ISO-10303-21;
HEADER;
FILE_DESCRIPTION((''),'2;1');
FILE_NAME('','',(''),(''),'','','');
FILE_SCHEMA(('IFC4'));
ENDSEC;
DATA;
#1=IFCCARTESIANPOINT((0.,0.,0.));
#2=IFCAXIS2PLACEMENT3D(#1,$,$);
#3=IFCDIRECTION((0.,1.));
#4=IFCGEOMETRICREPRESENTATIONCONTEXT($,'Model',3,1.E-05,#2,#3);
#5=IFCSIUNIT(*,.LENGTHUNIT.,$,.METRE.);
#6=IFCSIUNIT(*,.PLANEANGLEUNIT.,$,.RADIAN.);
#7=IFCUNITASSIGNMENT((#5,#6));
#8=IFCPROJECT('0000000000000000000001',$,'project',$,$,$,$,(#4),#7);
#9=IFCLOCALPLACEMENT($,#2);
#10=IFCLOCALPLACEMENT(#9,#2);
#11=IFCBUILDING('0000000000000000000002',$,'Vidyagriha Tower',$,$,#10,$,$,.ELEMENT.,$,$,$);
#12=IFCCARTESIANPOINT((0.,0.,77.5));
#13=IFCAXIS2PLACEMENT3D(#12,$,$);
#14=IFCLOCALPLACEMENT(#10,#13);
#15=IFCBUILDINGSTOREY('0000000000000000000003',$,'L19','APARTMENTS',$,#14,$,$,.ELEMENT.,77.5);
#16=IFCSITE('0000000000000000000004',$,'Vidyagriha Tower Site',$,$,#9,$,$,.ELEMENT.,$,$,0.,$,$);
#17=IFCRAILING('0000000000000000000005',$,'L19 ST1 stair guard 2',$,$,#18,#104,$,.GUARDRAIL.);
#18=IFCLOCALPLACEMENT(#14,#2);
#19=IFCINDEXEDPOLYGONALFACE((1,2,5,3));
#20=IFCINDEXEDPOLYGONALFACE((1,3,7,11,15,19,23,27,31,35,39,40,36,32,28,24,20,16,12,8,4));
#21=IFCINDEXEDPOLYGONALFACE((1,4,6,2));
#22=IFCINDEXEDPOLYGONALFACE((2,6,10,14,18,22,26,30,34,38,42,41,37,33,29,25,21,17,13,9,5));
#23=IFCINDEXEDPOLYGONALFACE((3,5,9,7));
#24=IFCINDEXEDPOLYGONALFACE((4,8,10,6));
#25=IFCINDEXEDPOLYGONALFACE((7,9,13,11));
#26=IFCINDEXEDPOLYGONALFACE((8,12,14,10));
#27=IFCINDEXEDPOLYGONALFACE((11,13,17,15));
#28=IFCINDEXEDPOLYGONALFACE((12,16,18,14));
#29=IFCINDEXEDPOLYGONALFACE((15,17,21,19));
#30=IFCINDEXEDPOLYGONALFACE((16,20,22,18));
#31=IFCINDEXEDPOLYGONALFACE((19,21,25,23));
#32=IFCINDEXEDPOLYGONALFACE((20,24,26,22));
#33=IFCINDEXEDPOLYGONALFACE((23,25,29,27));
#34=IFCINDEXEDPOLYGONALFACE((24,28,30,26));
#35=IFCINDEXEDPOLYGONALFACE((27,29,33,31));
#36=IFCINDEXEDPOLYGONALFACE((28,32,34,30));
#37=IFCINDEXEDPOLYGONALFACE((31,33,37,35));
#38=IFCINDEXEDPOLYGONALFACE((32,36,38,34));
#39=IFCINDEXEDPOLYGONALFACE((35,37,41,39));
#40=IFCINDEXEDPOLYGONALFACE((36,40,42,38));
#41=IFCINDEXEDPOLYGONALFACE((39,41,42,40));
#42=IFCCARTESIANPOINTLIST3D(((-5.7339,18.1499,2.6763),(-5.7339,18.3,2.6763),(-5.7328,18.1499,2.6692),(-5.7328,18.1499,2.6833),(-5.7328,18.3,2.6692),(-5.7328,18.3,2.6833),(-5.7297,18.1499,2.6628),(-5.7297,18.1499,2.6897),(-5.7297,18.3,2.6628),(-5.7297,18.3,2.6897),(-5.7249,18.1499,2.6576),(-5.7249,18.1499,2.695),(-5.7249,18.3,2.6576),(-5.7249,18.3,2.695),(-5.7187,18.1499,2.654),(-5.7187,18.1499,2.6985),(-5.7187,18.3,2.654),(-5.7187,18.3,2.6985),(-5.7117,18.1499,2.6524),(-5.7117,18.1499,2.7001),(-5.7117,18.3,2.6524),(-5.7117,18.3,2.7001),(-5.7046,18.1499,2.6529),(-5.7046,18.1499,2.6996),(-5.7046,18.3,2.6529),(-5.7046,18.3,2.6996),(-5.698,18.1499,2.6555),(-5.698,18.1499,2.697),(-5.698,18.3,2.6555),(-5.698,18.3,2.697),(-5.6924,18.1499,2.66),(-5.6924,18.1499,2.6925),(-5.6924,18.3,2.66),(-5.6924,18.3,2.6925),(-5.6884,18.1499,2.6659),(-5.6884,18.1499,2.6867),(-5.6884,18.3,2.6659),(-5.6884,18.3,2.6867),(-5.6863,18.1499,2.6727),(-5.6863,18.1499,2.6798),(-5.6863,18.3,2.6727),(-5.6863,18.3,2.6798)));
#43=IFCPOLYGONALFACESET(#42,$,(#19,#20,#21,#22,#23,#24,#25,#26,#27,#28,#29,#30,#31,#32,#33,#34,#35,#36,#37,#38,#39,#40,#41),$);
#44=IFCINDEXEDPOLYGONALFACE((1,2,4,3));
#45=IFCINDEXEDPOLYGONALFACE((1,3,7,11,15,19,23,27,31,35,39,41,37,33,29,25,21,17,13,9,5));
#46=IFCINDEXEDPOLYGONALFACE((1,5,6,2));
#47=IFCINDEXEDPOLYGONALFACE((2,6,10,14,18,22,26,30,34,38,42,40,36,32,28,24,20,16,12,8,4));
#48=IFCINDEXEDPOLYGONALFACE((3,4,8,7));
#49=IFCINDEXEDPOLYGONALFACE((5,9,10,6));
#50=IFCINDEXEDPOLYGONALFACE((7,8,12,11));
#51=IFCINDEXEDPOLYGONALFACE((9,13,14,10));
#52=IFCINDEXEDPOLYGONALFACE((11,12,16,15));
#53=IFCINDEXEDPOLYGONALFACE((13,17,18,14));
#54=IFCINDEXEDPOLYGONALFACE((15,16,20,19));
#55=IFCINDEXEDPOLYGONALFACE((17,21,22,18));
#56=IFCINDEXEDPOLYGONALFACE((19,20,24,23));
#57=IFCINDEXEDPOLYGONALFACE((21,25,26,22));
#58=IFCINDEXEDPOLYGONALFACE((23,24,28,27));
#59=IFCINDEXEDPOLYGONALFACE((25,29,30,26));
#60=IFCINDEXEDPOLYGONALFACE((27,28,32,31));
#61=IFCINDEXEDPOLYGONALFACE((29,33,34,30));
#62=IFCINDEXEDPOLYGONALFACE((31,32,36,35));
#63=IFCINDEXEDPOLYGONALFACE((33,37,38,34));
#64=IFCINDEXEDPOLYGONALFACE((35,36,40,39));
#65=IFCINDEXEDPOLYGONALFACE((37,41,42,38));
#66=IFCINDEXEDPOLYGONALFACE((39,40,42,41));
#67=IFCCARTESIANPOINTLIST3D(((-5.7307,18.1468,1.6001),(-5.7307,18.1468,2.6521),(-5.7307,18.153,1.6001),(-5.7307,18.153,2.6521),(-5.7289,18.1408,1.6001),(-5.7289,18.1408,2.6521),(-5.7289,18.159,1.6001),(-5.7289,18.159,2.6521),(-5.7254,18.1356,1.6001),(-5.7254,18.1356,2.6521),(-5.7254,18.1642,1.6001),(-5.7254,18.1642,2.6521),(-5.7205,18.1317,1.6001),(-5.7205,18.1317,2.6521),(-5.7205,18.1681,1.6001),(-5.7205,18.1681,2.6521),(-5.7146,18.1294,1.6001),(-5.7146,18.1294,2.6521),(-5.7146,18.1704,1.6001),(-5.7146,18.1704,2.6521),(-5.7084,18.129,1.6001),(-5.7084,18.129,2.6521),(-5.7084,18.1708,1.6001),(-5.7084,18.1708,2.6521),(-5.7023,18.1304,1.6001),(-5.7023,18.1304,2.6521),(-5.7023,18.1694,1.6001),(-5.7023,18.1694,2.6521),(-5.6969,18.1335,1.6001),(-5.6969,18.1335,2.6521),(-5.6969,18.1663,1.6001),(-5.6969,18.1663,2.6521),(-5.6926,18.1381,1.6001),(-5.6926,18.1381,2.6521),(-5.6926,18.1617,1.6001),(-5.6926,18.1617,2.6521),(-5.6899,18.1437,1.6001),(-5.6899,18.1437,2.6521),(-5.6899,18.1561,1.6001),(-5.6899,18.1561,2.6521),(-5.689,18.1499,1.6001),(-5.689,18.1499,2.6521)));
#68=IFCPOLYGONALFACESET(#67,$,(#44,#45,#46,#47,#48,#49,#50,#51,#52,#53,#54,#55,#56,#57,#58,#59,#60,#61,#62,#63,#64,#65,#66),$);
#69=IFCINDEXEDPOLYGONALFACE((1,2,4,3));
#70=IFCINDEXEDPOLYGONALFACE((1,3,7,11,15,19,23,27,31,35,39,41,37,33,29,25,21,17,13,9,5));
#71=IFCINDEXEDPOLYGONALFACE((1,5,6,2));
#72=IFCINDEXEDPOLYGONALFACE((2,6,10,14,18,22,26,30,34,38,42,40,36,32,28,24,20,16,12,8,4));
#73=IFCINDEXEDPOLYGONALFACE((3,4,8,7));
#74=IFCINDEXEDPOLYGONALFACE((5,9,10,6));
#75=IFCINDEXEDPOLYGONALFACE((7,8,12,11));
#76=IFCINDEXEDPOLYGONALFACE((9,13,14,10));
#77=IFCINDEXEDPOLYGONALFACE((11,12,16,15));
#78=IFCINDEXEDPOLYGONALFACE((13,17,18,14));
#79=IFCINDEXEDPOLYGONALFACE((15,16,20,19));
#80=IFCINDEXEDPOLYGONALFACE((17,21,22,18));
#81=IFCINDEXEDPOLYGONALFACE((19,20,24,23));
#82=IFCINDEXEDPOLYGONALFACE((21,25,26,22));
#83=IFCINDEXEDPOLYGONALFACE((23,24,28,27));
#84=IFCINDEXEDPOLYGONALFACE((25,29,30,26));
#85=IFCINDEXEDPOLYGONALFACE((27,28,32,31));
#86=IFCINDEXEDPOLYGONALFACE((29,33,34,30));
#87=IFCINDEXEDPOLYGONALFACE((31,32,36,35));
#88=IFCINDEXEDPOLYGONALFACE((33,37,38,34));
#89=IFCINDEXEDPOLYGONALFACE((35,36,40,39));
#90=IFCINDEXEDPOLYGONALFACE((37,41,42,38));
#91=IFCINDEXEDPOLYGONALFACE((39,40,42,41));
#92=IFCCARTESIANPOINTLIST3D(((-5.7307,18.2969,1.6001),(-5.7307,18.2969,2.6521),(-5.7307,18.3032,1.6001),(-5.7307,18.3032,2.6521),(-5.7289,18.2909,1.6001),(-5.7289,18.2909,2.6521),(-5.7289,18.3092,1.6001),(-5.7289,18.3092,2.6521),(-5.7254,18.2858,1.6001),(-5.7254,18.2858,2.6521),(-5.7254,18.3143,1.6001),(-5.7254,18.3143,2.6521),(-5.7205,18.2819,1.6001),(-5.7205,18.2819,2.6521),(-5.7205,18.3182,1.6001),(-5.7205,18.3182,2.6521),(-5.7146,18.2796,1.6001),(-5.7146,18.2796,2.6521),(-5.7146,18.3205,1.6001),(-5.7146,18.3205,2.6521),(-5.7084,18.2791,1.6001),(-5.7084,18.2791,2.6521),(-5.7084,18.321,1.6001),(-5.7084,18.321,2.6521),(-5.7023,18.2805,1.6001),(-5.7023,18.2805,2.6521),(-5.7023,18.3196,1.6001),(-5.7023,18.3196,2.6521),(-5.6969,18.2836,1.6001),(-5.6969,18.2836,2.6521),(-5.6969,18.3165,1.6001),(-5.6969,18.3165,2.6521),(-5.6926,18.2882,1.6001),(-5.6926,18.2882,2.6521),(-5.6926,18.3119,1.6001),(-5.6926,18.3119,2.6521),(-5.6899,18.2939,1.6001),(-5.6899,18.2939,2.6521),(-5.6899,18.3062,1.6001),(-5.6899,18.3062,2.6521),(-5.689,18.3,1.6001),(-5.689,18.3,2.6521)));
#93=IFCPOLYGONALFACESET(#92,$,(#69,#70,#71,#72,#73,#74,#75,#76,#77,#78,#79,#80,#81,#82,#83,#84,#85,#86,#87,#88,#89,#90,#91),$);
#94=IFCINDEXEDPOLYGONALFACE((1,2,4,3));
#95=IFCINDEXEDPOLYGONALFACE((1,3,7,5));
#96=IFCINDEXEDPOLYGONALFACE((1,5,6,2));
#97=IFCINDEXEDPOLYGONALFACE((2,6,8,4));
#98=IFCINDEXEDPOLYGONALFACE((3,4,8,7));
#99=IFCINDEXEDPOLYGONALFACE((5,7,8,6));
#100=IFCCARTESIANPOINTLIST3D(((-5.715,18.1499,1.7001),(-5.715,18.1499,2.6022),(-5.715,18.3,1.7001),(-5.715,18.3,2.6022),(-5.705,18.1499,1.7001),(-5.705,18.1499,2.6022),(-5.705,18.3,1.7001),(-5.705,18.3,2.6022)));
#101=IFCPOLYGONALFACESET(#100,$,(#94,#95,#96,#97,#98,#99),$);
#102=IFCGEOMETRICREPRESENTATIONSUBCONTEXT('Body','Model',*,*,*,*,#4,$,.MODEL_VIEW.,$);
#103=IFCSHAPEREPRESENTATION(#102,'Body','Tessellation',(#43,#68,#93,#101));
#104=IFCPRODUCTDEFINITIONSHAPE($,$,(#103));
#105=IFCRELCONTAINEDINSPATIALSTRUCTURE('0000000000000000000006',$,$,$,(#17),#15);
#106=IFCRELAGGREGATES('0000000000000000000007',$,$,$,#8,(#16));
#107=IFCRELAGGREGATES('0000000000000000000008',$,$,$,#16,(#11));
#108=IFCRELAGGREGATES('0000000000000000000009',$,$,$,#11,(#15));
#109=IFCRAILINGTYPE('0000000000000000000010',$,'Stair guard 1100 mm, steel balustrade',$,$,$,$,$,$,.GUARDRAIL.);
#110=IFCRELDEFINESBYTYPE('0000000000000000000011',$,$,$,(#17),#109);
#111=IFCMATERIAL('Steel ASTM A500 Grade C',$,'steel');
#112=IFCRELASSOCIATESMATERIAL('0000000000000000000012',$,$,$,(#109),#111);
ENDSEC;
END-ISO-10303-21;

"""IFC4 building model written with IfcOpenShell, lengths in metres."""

from ifc_helpers import new_model, si_unit, direction, frame, origin, origin_2d, place, context, subcontext, project, spatial, rectangle, circle, extrude, material, type_object, element, save


model = new_model("IFC4")

# Units and contexts
model_context = context("Model", 3, precision=1e-05, world=origin(), true_north=direction((0.0, 1.0)))
body_context = subcontext(model_context, "Body", "Model", "MODEL_VIEW")
ifc_project = project(units=[si_unit("LENGTHUNIT", "METRE"), si_unit("PLANEANGLEUNIT", "RADIAN")], contexts=[model_context])

# Site, building, storey
site_placement = place(None, origin())
site = spatial("IfcSite", under=ifc_project, at=site_placement, Name="Vidyagriha Tower Site", CompositionType="ELEMENT", RefElevation=0.0)
building_placement = place(site_placement, origin())
building = spatial("IfcBuilding", under=site, at=building_placement, Name="Vidyagriha Tower", CompositionType="ELEMENT")
storey_placement = place(building_placement, frame((0.0, 0.0, 77.5)))
storey = spatial("IfcBuildingStorey", under=building, at=storey_placement, Name="L19", Description="APARTMENTS", CompositionType="ELEMENT", Elevation=77.5)

# Railing
ifc_material_1 = material(Name="Steel ASTM A500 Grade C", Category="steel")
railing_type_1 = type_object("IfcRailingType", Name="Stair guard 1100 mm, steel balustrade", PredefinedType="GUARDRAIL", material=ifc_material_1)
railing_1_placement = place(storey_placement, frame((-5.71, 18.1499, 1.6001)))
element("IfcRailing", 1, at=railing_1_placement, inside=storey, type_object=railing_type_1, Name="L19 ST1 stair guard 2", PredefinedType="GUARDRAIL", context=body_context, shape_type="SweptSolid", body=[
    extrude(circle(Radius=0.0239, at=origin_2d()), frame((0.0, 0.0, 1.0762), z_axis=(0.0, 1.0, 0.0), x_axis=(-1.0, 0.0, 0.0)), (0.0, 0.0, 1.0), 0.1501),
    extrude(circle(Radius=0.021, at=origin_2d()), origin(), (0.0, 0.0, 1.0), 1.052),
    extrude(circle(Radius=0.021, at=origin_2d()), frame((0.0, 0.1501, 0.0)), (0.0, 0.0, 1.0), 1.052),
    extrude(rectangle(XDim=0.01, YDim=0.9021, at=origin_2d()), frame((0.0, 0.0, 0.551), z_axis=(0.0, 1.0, 0.0), x_axis=(-1.0, 0.0, 0.0)), (0.0, 0.0, 1.0), 0.1501),
])

save(model, "model.ifc")
